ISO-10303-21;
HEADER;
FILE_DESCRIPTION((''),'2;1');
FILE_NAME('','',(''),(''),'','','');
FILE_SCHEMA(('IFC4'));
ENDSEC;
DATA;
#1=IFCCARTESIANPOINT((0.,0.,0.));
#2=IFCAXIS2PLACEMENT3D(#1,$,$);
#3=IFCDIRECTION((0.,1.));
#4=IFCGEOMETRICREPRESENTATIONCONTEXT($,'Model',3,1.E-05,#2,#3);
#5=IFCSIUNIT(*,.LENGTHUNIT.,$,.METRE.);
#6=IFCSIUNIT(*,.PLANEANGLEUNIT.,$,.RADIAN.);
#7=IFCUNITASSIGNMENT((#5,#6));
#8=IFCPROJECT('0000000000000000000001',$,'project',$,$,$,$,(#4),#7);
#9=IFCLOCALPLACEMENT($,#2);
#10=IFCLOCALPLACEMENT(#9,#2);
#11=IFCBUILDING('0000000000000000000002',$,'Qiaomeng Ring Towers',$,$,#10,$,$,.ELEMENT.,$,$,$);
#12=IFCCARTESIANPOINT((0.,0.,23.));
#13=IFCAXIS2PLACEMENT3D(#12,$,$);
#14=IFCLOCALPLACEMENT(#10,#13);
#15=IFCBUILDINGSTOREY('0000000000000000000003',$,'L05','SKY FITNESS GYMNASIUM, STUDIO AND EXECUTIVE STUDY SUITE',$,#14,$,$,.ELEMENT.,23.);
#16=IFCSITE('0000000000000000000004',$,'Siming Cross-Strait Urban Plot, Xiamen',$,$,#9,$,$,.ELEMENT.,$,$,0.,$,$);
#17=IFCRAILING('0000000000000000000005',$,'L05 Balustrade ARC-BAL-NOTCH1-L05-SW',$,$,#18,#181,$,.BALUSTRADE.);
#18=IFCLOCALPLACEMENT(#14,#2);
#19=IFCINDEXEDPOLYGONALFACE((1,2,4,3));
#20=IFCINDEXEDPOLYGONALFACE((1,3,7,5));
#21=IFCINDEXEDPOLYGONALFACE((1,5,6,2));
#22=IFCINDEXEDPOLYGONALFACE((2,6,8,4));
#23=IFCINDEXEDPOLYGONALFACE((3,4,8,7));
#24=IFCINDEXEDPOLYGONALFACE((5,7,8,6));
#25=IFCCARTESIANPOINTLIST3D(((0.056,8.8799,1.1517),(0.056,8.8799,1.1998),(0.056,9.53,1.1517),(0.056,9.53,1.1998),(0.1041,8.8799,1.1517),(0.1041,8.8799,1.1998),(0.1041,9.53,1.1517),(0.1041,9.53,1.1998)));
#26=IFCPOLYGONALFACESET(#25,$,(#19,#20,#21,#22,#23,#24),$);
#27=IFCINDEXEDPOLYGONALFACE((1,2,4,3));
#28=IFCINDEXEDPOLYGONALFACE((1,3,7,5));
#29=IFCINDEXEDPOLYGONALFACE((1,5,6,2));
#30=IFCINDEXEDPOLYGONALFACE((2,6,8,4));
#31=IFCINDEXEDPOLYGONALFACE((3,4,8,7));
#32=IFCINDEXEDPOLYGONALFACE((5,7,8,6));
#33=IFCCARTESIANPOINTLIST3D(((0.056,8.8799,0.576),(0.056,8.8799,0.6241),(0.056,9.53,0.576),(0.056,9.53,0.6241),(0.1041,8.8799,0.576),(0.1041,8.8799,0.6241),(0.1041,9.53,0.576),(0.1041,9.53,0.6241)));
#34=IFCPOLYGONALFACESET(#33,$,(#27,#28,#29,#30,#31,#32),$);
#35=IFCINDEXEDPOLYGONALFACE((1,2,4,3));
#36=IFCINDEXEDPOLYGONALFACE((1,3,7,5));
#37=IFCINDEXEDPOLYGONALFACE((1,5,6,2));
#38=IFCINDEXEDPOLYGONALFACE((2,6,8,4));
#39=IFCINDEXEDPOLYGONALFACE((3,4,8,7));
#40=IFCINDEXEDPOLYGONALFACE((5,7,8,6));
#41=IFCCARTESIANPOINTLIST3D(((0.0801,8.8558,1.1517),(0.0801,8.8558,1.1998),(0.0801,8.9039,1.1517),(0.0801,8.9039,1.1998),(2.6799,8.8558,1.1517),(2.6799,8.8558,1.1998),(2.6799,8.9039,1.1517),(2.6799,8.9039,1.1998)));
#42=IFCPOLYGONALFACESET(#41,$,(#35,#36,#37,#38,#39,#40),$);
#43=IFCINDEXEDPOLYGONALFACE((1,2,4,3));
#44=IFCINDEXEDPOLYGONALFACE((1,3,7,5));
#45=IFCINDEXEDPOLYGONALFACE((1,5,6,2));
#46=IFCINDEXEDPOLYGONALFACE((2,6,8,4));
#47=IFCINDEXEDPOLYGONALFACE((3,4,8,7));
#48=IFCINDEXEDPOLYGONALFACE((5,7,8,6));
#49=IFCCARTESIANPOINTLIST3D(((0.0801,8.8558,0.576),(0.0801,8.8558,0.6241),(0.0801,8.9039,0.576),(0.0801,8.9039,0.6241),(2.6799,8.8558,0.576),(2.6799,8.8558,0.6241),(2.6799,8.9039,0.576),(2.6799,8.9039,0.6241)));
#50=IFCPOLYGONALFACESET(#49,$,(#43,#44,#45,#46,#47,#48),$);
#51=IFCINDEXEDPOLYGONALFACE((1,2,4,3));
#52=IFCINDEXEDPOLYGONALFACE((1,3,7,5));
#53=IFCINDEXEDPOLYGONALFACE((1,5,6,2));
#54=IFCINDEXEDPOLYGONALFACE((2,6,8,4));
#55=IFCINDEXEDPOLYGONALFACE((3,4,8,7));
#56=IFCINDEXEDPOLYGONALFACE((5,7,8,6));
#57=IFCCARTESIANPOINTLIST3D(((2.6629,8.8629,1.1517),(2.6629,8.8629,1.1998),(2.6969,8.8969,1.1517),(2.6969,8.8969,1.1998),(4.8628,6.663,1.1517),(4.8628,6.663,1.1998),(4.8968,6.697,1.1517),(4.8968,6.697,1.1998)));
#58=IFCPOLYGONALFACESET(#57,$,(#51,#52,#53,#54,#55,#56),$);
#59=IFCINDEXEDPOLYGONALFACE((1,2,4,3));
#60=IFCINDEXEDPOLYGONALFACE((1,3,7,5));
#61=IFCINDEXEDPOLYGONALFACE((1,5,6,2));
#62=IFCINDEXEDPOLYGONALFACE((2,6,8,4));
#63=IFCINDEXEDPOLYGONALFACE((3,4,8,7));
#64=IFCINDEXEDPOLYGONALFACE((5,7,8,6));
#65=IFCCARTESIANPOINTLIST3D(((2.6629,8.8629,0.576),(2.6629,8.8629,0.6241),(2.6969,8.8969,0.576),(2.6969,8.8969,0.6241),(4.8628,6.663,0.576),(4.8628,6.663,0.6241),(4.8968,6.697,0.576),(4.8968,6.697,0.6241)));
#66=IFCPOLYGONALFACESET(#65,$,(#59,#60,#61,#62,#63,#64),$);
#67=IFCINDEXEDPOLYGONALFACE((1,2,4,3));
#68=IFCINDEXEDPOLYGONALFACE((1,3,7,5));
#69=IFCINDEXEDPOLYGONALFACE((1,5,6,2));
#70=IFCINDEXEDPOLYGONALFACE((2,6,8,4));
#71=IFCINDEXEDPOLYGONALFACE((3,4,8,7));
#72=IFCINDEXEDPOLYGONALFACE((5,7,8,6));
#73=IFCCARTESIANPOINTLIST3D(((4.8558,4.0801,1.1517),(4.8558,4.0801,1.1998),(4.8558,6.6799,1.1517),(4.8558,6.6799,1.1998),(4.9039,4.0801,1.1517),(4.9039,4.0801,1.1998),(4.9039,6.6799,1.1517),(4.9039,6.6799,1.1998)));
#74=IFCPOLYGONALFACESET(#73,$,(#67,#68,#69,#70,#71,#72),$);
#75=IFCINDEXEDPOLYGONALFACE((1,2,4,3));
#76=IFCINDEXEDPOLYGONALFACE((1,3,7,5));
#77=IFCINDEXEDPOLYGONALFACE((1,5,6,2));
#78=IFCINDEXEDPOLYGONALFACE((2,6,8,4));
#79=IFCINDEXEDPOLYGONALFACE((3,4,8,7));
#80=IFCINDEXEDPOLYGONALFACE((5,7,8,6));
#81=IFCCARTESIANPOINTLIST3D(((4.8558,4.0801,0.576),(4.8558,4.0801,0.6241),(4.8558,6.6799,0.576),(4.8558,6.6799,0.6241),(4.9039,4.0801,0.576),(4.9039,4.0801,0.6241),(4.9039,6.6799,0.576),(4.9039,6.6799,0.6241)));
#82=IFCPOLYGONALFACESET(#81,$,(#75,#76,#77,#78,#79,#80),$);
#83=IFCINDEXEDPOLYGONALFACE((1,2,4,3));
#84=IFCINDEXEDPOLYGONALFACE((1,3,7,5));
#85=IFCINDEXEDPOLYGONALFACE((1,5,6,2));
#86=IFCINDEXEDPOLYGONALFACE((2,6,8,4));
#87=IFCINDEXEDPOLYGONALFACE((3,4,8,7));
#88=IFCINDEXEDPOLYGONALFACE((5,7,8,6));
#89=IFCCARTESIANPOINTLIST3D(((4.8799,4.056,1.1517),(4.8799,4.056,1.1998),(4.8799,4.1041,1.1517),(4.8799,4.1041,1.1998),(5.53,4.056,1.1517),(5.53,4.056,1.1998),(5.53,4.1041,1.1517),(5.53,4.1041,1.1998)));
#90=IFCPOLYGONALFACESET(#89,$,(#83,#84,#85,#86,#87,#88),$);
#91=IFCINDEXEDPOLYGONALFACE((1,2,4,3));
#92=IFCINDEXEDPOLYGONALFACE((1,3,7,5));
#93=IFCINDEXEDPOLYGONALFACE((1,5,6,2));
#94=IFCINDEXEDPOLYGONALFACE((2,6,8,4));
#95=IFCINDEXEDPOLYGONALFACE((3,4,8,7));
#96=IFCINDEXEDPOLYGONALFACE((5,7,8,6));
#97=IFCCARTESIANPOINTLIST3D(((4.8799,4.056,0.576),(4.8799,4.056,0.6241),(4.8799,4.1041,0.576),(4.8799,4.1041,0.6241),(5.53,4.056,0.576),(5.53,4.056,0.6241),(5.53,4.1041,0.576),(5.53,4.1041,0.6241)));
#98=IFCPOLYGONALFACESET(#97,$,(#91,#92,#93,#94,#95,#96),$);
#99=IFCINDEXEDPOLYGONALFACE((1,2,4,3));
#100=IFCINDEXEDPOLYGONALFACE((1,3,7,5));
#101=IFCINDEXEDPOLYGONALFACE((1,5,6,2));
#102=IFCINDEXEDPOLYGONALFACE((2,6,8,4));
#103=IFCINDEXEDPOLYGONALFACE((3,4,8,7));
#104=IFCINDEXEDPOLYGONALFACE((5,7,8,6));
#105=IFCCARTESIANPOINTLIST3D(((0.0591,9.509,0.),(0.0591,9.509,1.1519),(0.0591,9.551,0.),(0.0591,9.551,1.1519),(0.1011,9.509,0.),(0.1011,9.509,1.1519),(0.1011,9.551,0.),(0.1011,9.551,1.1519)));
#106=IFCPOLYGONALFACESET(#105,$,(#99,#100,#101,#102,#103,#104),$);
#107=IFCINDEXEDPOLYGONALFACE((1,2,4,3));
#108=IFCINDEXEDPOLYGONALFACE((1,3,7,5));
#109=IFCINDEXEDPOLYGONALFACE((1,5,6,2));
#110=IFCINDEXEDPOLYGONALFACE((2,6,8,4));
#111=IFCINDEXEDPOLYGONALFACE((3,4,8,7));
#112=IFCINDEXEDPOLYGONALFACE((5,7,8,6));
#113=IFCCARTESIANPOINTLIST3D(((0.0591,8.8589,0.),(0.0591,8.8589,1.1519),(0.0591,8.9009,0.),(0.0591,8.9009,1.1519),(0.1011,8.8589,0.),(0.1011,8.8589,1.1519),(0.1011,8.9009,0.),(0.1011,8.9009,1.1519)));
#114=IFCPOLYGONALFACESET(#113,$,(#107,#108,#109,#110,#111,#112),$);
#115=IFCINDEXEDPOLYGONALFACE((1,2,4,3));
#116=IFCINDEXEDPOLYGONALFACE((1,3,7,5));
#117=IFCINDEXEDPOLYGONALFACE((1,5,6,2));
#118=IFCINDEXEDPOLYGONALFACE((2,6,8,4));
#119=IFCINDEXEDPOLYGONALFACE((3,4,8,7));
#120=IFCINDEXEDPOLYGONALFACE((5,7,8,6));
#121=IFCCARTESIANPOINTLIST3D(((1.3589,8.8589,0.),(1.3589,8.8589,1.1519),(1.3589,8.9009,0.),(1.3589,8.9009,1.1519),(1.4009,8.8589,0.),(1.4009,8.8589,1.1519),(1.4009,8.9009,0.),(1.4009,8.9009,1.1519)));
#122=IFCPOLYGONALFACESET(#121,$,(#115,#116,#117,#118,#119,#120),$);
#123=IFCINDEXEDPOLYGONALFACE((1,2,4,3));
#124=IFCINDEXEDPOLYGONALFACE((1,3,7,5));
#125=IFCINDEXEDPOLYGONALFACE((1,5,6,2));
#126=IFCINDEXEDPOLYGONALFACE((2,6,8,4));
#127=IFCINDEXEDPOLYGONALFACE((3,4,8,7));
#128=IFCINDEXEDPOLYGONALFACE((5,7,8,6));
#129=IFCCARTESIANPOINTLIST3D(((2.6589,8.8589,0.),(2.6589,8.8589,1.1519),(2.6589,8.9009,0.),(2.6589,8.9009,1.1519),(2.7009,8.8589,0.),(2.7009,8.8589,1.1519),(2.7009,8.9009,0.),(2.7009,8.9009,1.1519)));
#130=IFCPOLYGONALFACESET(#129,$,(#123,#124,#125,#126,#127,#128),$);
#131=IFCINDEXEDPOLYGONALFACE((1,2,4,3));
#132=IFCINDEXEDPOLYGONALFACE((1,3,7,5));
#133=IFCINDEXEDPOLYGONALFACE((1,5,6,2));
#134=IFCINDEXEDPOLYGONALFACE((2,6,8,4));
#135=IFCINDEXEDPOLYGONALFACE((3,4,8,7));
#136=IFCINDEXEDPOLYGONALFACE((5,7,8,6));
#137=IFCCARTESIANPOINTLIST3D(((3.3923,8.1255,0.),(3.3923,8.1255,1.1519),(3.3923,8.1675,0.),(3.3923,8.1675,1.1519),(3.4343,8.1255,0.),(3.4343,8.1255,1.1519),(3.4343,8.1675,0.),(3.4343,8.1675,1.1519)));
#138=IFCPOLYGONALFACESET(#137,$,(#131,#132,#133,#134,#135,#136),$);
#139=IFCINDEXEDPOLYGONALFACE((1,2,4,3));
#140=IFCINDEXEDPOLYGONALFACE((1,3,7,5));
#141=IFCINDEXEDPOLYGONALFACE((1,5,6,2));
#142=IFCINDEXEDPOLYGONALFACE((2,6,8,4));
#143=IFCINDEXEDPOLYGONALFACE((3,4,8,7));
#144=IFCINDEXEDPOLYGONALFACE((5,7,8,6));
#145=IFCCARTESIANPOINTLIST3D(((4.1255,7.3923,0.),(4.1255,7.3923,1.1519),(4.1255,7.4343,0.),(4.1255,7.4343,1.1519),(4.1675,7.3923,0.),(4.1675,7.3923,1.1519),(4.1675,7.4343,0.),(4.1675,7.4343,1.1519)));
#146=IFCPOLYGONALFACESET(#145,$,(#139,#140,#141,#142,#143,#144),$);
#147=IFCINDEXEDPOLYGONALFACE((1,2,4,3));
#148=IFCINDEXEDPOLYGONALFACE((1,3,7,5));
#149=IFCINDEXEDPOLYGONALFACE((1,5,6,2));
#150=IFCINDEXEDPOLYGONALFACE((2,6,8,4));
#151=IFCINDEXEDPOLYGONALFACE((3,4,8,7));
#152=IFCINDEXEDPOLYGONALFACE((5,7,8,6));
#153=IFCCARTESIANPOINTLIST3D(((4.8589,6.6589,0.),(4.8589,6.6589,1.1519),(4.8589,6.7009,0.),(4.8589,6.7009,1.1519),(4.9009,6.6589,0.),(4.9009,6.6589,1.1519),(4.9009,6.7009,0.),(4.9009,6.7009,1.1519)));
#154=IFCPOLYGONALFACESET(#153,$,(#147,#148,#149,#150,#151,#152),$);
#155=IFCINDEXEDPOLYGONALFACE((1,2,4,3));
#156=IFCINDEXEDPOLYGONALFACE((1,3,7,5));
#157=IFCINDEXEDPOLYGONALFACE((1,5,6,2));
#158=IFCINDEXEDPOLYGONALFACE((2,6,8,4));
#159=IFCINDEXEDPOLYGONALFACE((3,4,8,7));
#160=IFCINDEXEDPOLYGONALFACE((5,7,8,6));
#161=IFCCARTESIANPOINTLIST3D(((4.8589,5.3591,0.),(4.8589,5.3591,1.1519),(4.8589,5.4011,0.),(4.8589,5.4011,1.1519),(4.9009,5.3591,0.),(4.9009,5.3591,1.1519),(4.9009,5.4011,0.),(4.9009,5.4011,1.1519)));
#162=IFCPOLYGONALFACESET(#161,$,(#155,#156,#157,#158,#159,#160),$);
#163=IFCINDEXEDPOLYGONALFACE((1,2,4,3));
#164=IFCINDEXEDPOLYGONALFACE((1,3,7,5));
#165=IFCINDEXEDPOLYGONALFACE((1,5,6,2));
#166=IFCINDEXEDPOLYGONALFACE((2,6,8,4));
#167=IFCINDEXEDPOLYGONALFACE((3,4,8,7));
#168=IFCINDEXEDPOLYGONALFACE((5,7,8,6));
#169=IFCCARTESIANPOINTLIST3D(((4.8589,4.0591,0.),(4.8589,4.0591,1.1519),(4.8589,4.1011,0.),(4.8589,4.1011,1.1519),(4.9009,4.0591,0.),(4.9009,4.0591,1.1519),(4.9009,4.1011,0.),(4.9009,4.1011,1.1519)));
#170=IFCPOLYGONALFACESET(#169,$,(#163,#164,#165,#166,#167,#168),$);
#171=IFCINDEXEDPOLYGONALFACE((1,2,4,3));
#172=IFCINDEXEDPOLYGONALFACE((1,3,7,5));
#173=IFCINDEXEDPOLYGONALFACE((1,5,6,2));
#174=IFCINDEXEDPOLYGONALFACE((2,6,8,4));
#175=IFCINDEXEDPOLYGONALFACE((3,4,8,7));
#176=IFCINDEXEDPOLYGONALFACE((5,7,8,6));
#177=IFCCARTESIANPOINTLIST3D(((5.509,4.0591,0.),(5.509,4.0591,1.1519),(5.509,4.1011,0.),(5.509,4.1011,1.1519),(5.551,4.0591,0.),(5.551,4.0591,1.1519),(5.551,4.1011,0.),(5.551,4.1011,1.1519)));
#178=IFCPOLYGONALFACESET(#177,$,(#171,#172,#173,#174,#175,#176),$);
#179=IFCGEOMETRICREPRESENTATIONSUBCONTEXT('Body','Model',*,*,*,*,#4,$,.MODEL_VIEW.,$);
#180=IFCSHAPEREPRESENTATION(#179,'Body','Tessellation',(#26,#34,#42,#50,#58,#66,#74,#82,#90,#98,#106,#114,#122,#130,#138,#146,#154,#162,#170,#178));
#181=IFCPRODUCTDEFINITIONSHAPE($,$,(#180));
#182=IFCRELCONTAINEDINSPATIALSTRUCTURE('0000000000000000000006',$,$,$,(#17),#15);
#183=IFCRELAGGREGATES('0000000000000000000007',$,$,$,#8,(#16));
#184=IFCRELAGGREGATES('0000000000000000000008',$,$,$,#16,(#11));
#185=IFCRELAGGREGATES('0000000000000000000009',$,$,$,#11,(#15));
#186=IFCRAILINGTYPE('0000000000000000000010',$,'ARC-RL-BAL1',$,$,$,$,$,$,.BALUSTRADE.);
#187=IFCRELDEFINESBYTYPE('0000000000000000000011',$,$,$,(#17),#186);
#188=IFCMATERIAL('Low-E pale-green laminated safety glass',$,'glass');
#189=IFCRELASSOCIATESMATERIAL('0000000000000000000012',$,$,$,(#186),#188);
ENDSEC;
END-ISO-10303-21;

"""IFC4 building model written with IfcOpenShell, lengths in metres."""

from ifc_helpers import new_model, si_unit, direction, frame, origin, origin_2d, place, context, subcontext, project, spatial, rectangle, extrude, material, type_object, element, save


model = new_model("IFC4")

# Units and contexts
model_context = context("Model", 3, precision=1e-05, world=origin(), true_north=direction((0.0, 1.0)))
body_context = subcontext(model_context, "Body", "Model", "MODEL_VIEW")
ifc_project = project(units=[si_unit("LENGTHUNIT", "METRE"), si_unit("PLANEANGLEUNIT", "RADIAN")], contexts=[model_context])

# Site, building, storey
site_placement = place(None, origin())
site = spatial("IfcSite", under=ifc_project, at=site_placement, Name="Siming Cross-Strait Urban Plot, Xiamen", CompositionType="ELEMENT", RefElevation=0.0)
building_placement = place(site_placement, origin())
building = spatial("IfcBuilding", under=site, at=building_placement, Name="Qiaomeng Ring Towers", CompositionType="ELEMENT")
storey_placement = place(building_placement, frame((0.0, 0.0, 23.0)))
storey = spatial("IfcBuildingStorey", under=building, at=storey_placement, Name="L05", Description="SKY FITNESS GYMNASIUM, STUDIO AND EXECUTIVE STUDY SUITE", CompositionType="ELEMENT", Elevation=23.0)

# Railing
ifc_material_1 = material(Name="Low-E pale-green laminated safety glass", Category="glass")
railing_type = type_object("IfcRailingType", Name="ARC-RL-BAL1", PredefinedType="BALUSTRADE", material=ifc_material_1)
railing_1_placement = place(storey_placement, frame((0.0801, 9.53, 0.0)))
element("IfcRailing", 1, at=railing_1_placement, inside=storey, type_object=railing_type, Name="L05 Balustrade ARC-BAL-NOTCH1-L05-SW", PredefinedType="BALUSTRADE", context=body_context, shape_type="SweptSolid", body=[
    extrude(rectangle(XDim=0.0481, YDim=0.0481, at=origin_2d()), frame((0.0, 0.0, 1.1758), z_axis=(0.0, -1.0, 0.0), x_axis=(1.0, 0.0, 0.0)), (0.0, 0.0, 1.0), 0.6501),
    extrude(rectangle(XDim=0.0481, YDim=0.0481, at=origin_2d()), frame((0.0, 0.0, 0.6001), z_axis=(0.0, -1.0, 0.0), x_axis=(1.0, 0.0, 0.0)), (0.0, 0.0, 1.0), 0.6501),
    extrude(rectangle(XDim=0.0481, YDim=0.0481, at=origin_2d()), frame((0.0, -0.6501, 1.1758), z_axis=(1.0, 0.0, 0.0), x_axis=(0.0, 1.0, 0.0)), (0.0, 0.0, 1.0), 2.5999),
    extrude(rectangle(XDim=0.0481, YDim=0.0481, at=origin_2d()), frame((0.0, -0.6501, 0.6001), z_axis=(1.0, 0.0, 0.0), x_axis=(0.0, 1.0, 0.0)), (0.0, 0.0, 1.0), 2.5999),
    extrude(rectangle(XDim=0.0481, YDim=0.0481, at=origin_2d()), frame((2.5999, -0.6501, 1.1758), z_axis=(0.707107, -0.707107, 0.0), x_axis=(0.707107, 0.707107, 0.0)), (0.0, 0.0, 1.0), 3.1111),
    extrude(rectangle(XDim=0.0481, YDim=0.0481, at=origin_2d()), frame((2.5999, -0.6501, 0.6001), z_axis=(0.707107, -0.707107, 0.0), x_axis=(0.707107, 0.707107, 0.0)), (0.0, 0.0, 1.0), 3.1111),
    extrude(rectangle(XDim=0.0481, YDim=0.0481, at=origin_2d()), frame((4.7998, -2.8501, 1.1758), z_axis=(0.0, -1.0, 0.0), x_axis=(1.0, 0.0, 0.0)), (0.0, 0.0, 1.0), 2.5999),
    extrude(rectangle(XDim=0.0481, YDim=0.0481, at=origin_2d()), frame((4.7998, -2.8501, 0.6001), z_axis=(0.0, -1.0, 0.0), x_axis=(1.0, 0.0, 0.0)), (0.0, 0.0, 1.0), 2.5999),
    extrude(rectangle(XDim=0.0481, YDim=0.0481, at=origin_2d()), frame((4.7998, -5.45, 1.1758), z_axis=(1.0, 0.0, 0.0), x_axis=(0.0, 1.0, 0.0)), (0.0, 0.0, 1.0), 0.6501),
    extrude(rectangle(XDim=0.0481, YDim=0.0481, at=origin_2d()), frame((4.7998, -5.45, 0.6001), z_axis=(1.0, 0.0, 0.0), x_axis=(0.0, 1.0, 0.0)), (0.0, 0.0, 1.0), 0.6501),
    extrude(rectangle(XDim=0.042, YDim=0.042, at=origin_2d()), origin(), (0.0, 0.0, 1.0), 1.1519),
    extrude(rectangle(XDim=0.042, YDim=0.042, at=origin_2d()), frame((0.0, -0.6501, 0.0)), (0.0, 0.0, 1.0), 1.1519),
    extrude(rectangle(XDim=0.042, YDim=0.042, at=origin_2d()), frame((1.2998, -0.6501, 0.0)), (0.0, 0.0, 1.0), 1.1519),
    extrude(rectangle(XDim=0.042, YDim=0.042, at=origin_2d()), frame((2.5999, -0.6501, 0.0)), (0.0, 0.0, 1.0), 1.1519),
    extrude(rectangle(XDim=0.042, YDim=0.042, at=origin_2d()), frame((3.3333, -1.3835, 0.0)), (0.0, 0.0, 1.0), 1.1519),
    extrude(rectangle(XDim=0.042, YDim=0.042, at=origin_2d()), frame((4.0664, -2.1167, 0.0)), (0.0, 0.0, 1.0), 1.1519),
    extrude(rectangle(XDim=0.042, YDim=0.042, at=origin_2d()), frame((4.7998, -2.8501, 0.0)), (0.0, 0.0, 1.0), 1.1519),
    extrude(rectangle(XDim=0.042, YDim=0.042, at=origin_2d()), frame((4.7998, -4.1499, 0.0)), (0.0, 0.0, 1.0), 1.1519),
    extrude(rectangle(XDim=0.042, YDim=0.042, at=origin_2d()), frame((4.7998, -5.45, 0.0)), (0.0, 0.0, 1.0), 1.1519),
    extrude(rectangle(XDim=0.042, YDim=0.042, at=origin_2d()), frame((5.45, -5.45, 0.0)), (0.0, 0.0, 1.0), 1.1519),
])

save(model, "model.ifc")
